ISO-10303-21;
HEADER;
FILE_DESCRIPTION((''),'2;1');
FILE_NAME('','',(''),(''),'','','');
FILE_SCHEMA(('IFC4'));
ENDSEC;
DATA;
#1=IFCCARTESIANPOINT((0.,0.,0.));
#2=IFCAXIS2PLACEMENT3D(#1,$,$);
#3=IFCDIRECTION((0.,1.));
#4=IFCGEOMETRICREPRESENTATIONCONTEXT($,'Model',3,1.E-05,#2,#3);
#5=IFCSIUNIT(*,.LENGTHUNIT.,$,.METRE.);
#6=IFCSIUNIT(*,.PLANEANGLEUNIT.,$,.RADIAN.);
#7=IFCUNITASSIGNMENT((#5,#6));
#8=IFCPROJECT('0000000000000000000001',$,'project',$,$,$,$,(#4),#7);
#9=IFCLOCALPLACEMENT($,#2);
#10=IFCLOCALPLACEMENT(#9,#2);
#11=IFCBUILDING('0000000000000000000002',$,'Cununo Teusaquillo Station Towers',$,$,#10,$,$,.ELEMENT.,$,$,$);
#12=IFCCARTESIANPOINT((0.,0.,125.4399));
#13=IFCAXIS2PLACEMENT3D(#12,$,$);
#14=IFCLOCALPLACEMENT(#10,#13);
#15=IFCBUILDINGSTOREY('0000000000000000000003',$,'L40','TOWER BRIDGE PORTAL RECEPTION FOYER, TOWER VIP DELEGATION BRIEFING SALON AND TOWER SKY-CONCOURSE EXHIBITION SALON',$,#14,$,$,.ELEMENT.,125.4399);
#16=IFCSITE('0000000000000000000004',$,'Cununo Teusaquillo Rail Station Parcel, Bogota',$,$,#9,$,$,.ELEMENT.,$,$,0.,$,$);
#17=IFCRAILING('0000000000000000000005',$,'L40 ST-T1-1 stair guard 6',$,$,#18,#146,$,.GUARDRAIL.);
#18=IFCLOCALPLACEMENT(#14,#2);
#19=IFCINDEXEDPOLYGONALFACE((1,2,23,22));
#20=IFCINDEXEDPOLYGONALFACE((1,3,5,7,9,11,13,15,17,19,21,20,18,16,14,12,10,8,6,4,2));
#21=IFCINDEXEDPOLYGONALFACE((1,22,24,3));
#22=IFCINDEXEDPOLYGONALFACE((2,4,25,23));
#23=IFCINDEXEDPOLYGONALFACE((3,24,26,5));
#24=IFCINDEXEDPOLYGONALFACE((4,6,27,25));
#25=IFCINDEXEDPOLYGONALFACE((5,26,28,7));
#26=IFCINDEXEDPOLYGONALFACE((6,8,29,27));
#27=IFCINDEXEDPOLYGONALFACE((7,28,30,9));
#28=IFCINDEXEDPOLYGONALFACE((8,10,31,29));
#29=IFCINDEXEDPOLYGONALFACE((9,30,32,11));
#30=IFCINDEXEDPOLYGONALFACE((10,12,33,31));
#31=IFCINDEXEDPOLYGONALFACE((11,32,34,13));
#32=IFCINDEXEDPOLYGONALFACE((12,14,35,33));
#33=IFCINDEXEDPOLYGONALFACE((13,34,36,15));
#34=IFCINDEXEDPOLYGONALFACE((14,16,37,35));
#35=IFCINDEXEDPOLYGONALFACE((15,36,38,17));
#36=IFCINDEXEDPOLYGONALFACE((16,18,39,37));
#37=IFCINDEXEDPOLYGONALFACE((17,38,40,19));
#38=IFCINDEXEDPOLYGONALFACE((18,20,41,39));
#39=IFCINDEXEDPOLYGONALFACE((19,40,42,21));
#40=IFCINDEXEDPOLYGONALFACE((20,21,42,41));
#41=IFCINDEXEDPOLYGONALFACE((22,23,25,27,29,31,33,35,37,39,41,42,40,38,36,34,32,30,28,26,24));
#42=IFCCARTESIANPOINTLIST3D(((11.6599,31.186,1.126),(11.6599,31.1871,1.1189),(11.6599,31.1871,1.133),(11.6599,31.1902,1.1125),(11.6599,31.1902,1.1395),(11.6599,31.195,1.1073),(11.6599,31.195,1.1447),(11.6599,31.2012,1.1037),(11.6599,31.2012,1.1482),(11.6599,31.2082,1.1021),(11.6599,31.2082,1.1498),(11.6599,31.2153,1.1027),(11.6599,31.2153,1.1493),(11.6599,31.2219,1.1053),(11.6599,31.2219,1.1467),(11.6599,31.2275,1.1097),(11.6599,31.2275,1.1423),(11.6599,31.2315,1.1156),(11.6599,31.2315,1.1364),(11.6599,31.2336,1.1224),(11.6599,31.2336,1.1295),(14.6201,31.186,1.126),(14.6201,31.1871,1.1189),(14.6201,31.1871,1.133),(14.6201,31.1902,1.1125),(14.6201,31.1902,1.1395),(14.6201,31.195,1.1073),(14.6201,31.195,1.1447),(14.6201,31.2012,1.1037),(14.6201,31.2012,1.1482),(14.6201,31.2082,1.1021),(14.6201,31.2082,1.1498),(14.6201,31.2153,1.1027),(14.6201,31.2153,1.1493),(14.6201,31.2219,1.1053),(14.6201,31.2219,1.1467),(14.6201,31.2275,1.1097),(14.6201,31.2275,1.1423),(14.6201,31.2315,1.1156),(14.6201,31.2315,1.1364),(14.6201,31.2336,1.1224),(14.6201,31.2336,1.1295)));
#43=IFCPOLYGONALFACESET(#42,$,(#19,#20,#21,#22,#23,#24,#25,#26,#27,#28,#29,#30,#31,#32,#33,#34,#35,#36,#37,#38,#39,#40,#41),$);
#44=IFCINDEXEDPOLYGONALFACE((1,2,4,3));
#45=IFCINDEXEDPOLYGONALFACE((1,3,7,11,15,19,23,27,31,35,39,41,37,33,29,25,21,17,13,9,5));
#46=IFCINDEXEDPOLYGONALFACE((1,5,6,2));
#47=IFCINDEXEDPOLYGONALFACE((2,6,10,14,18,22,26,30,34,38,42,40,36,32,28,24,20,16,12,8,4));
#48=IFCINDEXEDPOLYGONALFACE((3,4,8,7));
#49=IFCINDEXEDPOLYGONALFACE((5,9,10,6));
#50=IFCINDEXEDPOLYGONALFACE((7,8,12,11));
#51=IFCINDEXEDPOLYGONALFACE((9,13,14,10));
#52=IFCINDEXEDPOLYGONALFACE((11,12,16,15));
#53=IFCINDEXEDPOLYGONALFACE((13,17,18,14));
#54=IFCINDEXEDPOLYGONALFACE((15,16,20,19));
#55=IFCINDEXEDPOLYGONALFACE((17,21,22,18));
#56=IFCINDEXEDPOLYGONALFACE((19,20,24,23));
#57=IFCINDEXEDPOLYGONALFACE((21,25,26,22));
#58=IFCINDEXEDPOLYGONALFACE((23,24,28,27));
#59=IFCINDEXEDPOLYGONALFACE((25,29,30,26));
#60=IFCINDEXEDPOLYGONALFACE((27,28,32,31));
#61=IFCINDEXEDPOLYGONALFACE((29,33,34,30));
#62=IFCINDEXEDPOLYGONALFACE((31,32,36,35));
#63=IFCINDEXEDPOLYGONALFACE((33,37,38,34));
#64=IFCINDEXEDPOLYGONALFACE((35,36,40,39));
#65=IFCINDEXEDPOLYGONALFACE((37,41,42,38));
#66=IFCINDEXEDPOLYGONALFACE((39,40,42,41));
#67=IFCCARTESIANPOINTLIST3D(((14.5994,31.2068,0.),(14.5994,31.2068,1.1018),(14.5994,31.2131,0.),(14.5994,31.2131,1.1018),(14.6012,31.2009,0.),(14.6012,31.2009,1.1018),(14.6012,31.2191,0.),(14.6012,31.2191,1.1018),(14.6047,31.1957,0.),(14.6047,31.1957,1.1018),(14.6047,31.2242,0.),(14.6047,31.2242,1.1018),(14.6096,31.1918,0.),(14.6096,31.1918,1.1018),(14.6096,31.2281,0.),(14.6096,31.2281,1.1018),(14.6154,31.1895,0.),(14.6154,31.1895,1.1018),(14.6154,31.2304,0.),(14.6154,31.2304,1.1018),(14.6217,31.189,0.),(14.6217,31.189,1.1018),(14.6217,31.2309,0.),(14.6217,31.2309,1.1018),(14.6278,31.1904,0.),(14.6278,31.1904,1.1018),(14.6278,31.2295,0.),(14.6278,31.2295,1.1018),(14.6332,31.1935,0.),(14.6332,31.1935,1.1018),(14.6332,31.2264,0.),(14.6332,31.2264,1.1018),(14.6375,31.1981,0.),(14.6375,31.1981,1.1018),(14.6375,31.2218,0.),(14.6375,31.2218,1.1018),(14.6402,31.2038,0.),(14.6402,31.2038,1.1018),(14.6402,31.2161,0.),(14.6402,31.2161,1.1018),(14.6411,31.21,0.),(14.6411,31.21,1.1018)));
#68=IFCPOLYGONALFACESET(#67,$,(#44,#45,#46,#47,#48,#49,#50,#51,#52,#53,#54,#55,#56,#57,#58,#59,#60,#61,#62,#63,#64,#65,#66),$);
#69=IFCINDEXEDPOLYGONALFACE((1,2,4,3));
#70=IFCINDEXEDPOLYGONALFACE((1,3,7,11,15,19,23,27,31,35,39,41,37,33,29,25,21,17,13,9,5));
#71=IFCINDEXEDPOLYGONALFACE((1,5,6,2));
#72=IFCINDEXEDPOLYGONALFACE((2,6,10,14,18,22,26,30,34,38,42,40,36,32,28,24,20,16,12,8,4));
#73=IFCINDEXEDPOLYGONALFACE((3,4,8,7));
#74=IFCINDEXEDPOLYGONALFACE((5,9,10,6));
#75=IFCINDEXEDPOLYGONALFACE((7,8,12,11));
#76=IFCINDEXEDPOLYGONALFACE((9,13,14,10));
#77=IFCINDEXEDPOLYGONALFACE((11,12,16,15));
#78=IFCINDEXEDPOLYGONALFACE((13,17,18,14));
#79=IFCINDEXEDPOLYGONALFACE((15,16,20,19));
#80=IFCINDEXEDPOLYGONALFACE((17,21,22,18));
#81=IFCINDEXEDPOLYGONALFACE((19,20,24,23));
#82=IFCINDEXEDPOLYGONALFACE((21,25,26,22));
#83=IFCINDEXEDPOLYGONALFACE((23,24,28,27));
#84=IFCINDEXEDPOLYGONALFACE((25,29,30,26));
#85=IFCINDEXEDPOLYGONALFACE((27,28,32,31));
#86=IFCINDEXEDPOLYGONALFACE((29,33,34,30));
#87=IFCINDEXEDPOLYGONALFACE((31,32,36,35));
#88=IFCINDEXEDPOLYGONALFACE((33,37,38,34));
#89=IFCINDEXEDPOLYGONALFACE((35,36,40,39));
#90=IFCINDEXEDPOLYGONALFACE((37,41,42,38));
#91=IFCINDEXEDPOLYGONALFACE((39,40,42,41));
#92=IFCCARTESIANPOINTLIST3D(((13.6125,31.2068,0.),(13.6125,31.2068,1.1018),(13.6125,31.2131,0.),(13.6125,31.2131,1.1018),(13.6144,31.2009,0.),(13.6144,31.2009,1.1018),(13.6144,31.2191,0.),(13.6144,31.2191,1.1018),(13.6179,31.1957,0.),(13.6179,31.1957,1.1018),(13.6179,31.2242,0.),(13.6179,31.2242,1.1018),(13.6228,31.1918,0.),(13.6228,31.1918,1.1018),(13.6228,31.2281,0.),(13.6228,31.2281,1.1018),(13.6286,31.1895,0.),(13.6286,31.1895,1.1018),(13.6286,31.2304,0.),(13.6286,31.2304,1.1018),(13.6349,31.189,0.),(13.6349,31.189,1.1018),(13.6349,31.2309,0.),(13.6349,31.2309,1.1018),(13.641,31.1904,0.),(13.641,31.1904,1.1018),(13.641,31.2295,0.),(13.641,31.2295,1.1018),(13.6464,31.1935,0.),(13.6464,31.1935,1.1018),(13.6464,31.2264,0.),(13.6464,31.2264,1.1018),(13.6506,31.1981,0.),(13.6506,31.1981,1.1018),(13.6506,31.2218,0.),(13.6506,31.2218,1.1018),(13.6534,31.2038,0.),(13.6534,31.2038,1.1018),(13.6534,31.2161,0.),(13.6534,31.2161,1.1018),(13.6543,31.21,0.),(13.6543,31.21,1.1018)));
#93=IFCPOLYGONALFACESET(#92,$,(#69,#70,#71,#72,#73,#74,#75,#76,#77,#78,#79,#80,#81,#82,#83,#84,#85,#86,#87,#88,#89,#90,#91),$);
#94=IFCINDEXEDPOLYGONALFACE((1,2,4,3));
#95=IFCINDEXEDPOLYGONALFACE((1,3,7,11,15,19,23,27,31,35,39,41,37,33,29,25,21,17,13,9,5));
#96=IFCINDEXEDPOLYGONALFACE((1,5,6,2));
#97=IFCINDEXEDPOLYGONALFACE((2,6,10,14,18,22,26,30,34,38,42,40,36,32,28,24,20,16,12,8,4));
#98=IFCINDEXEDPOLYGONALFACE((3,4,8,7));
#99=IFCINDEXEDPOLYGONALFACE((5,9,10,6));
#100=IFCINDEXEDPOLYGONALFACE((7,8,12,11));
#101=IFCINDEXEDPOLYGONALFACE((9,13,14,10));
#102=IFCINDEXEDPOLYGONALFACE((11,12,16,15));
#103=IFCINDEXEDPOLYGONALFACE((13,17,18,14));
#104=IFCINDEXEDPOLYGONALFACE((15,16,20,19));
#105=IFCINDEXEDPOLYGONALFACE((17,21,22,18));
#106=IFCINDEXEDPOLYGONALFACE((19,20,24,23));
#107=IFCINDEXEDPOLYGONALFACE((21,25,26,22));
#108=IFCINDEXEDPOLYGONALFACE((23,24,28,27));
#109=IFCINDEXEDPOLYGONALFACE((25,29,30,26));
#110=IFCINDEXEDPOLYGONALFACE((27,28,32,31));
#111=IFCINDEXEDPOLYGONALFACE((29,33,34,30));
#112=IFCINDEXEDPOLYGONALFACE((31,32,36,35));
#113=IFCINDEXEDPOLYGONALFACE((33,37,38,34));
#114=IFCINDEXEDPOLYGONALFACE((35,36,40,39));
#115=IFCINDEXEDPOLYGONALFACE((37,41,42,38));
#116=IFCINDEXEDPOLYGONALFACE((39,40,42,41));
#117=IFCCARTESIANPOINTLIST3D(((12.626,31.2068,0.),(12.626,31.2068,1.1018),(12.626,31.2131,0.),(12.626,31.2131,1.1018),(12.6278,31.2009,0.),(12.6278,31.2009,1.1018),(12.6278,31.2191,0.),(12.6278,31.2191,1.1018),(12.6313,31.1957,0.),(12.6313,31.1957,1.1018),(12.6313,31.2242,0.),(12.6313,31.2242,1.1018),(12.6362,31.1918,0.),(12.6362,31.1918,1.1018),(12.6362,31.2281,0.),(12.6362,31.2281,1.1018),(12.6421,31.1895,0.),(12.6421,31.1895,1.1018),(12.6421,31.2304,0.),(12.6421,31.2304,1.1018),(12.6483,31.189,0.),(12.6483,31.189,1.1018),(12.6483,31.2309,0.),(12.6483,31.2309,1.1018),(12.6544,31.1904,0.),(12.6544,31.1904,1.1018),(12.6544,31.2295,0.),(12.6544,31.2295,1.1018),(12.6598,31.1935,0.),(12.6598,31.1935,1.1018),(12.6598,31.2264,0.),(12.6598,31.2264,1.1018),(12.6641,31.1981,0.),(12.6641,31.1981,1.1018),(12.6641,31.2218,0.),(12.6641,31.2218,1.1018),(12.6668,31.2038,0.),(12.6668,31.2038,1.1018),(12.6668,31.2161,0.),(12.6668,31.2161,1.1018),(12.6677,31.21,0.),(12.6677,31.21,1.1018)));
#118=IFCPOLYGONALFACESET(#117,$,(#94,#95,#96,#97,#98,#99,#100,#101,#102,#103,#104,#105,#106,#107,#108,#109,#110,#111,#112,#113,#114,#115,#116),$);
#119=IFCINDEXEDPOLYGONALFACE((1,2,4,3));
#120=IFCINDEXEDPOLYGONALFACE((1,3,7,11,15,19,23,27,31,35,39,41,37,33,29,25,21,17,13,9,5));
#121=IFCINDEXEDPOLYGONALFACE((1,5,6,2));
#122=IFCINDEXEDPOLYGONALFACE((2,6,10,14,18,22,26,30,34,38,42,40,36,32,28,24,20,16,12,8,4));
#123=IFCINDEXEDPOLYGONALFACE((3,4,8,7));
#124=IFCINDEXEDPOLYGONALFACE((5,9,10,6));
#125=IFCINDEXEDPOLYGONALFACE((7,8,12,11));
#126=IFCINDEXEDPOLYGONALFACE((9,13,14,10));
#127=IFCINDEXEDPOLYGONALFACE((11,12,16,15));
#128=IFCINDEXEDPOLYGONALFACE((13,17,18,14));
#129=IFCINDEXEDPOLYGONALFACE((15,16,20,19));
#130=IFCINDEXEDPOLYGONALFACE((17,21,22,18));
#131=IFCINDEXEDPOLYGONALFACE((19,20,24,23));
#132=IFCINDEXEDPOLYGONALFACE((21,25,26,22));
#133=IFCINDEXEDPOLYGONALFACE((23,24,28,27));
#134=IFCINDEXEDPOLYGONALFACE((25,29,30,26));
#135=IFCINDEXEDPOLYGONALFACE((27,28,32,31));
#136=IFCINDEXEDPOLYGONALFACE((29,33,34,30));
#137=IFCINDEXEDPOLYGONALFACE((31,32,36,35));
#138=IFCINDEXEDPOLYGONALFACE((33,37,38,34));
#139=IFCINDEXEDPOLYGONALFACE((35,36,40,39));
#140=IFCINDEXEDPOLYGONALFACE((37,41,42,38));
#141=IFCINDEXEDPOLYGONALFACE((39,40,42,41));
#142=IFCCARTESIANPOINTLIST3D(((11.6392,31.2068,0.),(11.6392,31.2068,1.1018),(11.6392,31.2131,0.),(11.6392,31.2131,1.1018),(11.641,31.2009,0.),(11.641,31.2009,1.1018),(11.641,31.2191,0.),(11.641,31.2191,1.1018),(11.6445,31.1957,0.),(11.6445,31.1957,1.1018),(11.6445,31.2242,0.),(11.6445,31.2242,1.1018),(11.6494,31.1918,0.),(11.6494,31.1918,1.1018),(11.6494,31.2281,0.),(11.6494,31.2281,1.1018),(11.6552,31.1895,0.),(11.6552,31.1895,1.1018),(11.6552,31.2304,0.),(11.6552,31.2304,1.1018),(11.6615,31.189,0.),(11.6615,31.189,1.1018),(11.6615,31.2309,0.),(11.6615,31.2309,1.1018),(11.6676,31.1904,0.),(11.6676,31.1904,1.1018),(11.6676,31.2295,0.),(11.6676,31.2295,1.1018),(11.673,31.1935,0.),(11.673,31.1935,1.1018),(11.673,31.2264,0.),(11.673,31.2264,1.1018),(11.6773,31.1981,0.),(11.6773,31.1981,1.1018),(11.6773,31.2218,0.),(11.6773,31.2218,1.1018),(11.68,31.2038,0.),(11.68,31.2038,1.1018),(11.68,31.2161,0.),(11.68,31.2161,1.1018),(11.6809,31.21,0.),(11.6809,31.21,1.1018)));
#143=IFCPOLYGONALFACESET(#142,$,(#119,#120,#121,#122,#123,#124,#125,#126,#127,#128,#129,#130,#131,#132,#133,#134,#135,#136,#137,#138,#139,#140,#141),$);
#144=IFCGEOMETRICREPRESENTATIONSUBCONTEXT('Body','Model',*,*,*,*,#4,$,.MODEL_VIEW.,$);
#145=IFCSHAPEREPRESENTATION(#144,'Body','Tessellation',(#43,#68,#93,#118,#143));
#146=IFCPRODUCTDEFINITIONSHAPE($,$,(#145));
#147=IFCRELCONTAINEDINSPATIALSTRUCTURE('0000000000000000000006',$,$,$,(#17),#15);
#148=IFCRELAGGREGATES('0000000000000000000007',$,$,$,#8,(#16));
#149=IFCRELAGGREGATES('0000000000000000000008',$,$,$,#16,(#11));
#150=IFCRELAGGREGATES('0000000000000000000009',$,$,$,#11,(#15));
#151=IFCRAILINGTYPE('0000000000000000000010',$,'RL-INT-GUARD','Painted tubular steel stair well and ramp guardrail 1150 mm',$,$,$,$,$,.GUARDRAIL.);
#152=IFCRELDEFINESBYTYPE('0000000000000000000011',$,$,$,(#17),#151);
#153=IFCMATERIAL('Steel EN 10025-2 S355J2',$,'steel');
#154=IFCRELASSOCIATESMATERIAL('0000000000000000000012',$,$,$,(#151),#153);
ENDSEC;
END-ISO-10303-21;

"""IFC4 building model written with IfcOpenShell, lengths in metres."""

from ifc_helpers import new_model, si_unit, direction, frame, origin, origin_2d, place, context, subcontext, project, spatial, circle, extrude, material, type_object, element, save


model = new_model("IFC4")

# Units and contexts
model_context = context("Model", 3, precision=1e-05, world=origin(), true_north=direction((0.0, 1.0)))
body_context = subcontext(model_context, "Body", "Model", "MODEL_VIEW")
ifc_project = project(units=[si_unit("LENGTHUNIT", "METRE"), si_unit("PLANEANGLEUNIT", "RADIAN")], contexts=[model_context])

# Site, building, storey
site_placement = place(None, origin())
site = spatial("IfcSite", under=ifc_project, at=site_placement, Name="Cununo Teusaquillo Rail Station Parcel, Bogota", CompositionType="ELEMENT", RefElevation=0.0)
building_placement = place(site_placement, origin())
building = spatial("IfcBuilding", under=site, at=building_placement, Name="Cununo Teusaquillo Station Towers", CompositionType="ELEMENT")
storey_placement = place(building_placement, frame((0.0, 0.0, 125.4399)))
storey = spatial("IfcBuildingStorey", under=building, at=storey_placement, Name="L40", Description="TOWER BRIDGE PORTAL RECEPTION FOYER, TOWER VIP DELEGATION BRIEFING SALON AND TOWER SKY-CONCOURSE EXHIBITION SALON", CompositionType="ELEMENT", Elevation=125.4399)

# Railing
ifc_material_1 = material(Name="Steel EN 10025-2 S355J2", Category="steel")
railing_type_1 = type_object("IfcRailingType", Name="RL-INT-GUARD", Description="Painted tubular steel stair well and ramp guardrail 1150 mm", PredefinedType="GUARDRAIL", material=ifc_material_1)
railing_1_placement = place(storey_placement, frame((14.6201, 31.21, 0.0)))
element("IfcRailing", 1, at=railing_1_placement, inside=storey, type_object=railing_type_1, Name="L40 ST-T1-1 stair guard 6", PredefinedType="GUARDRAIL", context=body_context, shape_type="SweptSolid", body=[
    extrude(circle(Radius=0.0239, at=origin_2d()), frame((0.0, 0.0, 1.126), z_axis=(-1.0, 0.0, 0.0), x_axis=(0.0, -1.0, 0.0)), (0.0, 0.0, 1.0), 2.9602),
    extrude(circle(Radius=0.021, at=origin_2d()), origin(), (0.0, 0.0, 1.0), 1.1018),
    extrude(circle(Radius=0.021, at=origin_2d()), frame((-0.9868, 0.0, 0.0)), (0.0, 0.0, 1.0), 1.1018),
    extrude(circle(Radius=0.021, at=origin_2d()), frame((-1.9734, 0.0, 0.0)), (0.0, 0.0, 1.0), 1.1018),
    extrude(circle(Radius=0.021, at=origin_2d()), frame((-2.9602, 0.0, 0.0)), (0.0, 0.0, 1.0), 1.1018),
])

save(model, "model.ifc")
